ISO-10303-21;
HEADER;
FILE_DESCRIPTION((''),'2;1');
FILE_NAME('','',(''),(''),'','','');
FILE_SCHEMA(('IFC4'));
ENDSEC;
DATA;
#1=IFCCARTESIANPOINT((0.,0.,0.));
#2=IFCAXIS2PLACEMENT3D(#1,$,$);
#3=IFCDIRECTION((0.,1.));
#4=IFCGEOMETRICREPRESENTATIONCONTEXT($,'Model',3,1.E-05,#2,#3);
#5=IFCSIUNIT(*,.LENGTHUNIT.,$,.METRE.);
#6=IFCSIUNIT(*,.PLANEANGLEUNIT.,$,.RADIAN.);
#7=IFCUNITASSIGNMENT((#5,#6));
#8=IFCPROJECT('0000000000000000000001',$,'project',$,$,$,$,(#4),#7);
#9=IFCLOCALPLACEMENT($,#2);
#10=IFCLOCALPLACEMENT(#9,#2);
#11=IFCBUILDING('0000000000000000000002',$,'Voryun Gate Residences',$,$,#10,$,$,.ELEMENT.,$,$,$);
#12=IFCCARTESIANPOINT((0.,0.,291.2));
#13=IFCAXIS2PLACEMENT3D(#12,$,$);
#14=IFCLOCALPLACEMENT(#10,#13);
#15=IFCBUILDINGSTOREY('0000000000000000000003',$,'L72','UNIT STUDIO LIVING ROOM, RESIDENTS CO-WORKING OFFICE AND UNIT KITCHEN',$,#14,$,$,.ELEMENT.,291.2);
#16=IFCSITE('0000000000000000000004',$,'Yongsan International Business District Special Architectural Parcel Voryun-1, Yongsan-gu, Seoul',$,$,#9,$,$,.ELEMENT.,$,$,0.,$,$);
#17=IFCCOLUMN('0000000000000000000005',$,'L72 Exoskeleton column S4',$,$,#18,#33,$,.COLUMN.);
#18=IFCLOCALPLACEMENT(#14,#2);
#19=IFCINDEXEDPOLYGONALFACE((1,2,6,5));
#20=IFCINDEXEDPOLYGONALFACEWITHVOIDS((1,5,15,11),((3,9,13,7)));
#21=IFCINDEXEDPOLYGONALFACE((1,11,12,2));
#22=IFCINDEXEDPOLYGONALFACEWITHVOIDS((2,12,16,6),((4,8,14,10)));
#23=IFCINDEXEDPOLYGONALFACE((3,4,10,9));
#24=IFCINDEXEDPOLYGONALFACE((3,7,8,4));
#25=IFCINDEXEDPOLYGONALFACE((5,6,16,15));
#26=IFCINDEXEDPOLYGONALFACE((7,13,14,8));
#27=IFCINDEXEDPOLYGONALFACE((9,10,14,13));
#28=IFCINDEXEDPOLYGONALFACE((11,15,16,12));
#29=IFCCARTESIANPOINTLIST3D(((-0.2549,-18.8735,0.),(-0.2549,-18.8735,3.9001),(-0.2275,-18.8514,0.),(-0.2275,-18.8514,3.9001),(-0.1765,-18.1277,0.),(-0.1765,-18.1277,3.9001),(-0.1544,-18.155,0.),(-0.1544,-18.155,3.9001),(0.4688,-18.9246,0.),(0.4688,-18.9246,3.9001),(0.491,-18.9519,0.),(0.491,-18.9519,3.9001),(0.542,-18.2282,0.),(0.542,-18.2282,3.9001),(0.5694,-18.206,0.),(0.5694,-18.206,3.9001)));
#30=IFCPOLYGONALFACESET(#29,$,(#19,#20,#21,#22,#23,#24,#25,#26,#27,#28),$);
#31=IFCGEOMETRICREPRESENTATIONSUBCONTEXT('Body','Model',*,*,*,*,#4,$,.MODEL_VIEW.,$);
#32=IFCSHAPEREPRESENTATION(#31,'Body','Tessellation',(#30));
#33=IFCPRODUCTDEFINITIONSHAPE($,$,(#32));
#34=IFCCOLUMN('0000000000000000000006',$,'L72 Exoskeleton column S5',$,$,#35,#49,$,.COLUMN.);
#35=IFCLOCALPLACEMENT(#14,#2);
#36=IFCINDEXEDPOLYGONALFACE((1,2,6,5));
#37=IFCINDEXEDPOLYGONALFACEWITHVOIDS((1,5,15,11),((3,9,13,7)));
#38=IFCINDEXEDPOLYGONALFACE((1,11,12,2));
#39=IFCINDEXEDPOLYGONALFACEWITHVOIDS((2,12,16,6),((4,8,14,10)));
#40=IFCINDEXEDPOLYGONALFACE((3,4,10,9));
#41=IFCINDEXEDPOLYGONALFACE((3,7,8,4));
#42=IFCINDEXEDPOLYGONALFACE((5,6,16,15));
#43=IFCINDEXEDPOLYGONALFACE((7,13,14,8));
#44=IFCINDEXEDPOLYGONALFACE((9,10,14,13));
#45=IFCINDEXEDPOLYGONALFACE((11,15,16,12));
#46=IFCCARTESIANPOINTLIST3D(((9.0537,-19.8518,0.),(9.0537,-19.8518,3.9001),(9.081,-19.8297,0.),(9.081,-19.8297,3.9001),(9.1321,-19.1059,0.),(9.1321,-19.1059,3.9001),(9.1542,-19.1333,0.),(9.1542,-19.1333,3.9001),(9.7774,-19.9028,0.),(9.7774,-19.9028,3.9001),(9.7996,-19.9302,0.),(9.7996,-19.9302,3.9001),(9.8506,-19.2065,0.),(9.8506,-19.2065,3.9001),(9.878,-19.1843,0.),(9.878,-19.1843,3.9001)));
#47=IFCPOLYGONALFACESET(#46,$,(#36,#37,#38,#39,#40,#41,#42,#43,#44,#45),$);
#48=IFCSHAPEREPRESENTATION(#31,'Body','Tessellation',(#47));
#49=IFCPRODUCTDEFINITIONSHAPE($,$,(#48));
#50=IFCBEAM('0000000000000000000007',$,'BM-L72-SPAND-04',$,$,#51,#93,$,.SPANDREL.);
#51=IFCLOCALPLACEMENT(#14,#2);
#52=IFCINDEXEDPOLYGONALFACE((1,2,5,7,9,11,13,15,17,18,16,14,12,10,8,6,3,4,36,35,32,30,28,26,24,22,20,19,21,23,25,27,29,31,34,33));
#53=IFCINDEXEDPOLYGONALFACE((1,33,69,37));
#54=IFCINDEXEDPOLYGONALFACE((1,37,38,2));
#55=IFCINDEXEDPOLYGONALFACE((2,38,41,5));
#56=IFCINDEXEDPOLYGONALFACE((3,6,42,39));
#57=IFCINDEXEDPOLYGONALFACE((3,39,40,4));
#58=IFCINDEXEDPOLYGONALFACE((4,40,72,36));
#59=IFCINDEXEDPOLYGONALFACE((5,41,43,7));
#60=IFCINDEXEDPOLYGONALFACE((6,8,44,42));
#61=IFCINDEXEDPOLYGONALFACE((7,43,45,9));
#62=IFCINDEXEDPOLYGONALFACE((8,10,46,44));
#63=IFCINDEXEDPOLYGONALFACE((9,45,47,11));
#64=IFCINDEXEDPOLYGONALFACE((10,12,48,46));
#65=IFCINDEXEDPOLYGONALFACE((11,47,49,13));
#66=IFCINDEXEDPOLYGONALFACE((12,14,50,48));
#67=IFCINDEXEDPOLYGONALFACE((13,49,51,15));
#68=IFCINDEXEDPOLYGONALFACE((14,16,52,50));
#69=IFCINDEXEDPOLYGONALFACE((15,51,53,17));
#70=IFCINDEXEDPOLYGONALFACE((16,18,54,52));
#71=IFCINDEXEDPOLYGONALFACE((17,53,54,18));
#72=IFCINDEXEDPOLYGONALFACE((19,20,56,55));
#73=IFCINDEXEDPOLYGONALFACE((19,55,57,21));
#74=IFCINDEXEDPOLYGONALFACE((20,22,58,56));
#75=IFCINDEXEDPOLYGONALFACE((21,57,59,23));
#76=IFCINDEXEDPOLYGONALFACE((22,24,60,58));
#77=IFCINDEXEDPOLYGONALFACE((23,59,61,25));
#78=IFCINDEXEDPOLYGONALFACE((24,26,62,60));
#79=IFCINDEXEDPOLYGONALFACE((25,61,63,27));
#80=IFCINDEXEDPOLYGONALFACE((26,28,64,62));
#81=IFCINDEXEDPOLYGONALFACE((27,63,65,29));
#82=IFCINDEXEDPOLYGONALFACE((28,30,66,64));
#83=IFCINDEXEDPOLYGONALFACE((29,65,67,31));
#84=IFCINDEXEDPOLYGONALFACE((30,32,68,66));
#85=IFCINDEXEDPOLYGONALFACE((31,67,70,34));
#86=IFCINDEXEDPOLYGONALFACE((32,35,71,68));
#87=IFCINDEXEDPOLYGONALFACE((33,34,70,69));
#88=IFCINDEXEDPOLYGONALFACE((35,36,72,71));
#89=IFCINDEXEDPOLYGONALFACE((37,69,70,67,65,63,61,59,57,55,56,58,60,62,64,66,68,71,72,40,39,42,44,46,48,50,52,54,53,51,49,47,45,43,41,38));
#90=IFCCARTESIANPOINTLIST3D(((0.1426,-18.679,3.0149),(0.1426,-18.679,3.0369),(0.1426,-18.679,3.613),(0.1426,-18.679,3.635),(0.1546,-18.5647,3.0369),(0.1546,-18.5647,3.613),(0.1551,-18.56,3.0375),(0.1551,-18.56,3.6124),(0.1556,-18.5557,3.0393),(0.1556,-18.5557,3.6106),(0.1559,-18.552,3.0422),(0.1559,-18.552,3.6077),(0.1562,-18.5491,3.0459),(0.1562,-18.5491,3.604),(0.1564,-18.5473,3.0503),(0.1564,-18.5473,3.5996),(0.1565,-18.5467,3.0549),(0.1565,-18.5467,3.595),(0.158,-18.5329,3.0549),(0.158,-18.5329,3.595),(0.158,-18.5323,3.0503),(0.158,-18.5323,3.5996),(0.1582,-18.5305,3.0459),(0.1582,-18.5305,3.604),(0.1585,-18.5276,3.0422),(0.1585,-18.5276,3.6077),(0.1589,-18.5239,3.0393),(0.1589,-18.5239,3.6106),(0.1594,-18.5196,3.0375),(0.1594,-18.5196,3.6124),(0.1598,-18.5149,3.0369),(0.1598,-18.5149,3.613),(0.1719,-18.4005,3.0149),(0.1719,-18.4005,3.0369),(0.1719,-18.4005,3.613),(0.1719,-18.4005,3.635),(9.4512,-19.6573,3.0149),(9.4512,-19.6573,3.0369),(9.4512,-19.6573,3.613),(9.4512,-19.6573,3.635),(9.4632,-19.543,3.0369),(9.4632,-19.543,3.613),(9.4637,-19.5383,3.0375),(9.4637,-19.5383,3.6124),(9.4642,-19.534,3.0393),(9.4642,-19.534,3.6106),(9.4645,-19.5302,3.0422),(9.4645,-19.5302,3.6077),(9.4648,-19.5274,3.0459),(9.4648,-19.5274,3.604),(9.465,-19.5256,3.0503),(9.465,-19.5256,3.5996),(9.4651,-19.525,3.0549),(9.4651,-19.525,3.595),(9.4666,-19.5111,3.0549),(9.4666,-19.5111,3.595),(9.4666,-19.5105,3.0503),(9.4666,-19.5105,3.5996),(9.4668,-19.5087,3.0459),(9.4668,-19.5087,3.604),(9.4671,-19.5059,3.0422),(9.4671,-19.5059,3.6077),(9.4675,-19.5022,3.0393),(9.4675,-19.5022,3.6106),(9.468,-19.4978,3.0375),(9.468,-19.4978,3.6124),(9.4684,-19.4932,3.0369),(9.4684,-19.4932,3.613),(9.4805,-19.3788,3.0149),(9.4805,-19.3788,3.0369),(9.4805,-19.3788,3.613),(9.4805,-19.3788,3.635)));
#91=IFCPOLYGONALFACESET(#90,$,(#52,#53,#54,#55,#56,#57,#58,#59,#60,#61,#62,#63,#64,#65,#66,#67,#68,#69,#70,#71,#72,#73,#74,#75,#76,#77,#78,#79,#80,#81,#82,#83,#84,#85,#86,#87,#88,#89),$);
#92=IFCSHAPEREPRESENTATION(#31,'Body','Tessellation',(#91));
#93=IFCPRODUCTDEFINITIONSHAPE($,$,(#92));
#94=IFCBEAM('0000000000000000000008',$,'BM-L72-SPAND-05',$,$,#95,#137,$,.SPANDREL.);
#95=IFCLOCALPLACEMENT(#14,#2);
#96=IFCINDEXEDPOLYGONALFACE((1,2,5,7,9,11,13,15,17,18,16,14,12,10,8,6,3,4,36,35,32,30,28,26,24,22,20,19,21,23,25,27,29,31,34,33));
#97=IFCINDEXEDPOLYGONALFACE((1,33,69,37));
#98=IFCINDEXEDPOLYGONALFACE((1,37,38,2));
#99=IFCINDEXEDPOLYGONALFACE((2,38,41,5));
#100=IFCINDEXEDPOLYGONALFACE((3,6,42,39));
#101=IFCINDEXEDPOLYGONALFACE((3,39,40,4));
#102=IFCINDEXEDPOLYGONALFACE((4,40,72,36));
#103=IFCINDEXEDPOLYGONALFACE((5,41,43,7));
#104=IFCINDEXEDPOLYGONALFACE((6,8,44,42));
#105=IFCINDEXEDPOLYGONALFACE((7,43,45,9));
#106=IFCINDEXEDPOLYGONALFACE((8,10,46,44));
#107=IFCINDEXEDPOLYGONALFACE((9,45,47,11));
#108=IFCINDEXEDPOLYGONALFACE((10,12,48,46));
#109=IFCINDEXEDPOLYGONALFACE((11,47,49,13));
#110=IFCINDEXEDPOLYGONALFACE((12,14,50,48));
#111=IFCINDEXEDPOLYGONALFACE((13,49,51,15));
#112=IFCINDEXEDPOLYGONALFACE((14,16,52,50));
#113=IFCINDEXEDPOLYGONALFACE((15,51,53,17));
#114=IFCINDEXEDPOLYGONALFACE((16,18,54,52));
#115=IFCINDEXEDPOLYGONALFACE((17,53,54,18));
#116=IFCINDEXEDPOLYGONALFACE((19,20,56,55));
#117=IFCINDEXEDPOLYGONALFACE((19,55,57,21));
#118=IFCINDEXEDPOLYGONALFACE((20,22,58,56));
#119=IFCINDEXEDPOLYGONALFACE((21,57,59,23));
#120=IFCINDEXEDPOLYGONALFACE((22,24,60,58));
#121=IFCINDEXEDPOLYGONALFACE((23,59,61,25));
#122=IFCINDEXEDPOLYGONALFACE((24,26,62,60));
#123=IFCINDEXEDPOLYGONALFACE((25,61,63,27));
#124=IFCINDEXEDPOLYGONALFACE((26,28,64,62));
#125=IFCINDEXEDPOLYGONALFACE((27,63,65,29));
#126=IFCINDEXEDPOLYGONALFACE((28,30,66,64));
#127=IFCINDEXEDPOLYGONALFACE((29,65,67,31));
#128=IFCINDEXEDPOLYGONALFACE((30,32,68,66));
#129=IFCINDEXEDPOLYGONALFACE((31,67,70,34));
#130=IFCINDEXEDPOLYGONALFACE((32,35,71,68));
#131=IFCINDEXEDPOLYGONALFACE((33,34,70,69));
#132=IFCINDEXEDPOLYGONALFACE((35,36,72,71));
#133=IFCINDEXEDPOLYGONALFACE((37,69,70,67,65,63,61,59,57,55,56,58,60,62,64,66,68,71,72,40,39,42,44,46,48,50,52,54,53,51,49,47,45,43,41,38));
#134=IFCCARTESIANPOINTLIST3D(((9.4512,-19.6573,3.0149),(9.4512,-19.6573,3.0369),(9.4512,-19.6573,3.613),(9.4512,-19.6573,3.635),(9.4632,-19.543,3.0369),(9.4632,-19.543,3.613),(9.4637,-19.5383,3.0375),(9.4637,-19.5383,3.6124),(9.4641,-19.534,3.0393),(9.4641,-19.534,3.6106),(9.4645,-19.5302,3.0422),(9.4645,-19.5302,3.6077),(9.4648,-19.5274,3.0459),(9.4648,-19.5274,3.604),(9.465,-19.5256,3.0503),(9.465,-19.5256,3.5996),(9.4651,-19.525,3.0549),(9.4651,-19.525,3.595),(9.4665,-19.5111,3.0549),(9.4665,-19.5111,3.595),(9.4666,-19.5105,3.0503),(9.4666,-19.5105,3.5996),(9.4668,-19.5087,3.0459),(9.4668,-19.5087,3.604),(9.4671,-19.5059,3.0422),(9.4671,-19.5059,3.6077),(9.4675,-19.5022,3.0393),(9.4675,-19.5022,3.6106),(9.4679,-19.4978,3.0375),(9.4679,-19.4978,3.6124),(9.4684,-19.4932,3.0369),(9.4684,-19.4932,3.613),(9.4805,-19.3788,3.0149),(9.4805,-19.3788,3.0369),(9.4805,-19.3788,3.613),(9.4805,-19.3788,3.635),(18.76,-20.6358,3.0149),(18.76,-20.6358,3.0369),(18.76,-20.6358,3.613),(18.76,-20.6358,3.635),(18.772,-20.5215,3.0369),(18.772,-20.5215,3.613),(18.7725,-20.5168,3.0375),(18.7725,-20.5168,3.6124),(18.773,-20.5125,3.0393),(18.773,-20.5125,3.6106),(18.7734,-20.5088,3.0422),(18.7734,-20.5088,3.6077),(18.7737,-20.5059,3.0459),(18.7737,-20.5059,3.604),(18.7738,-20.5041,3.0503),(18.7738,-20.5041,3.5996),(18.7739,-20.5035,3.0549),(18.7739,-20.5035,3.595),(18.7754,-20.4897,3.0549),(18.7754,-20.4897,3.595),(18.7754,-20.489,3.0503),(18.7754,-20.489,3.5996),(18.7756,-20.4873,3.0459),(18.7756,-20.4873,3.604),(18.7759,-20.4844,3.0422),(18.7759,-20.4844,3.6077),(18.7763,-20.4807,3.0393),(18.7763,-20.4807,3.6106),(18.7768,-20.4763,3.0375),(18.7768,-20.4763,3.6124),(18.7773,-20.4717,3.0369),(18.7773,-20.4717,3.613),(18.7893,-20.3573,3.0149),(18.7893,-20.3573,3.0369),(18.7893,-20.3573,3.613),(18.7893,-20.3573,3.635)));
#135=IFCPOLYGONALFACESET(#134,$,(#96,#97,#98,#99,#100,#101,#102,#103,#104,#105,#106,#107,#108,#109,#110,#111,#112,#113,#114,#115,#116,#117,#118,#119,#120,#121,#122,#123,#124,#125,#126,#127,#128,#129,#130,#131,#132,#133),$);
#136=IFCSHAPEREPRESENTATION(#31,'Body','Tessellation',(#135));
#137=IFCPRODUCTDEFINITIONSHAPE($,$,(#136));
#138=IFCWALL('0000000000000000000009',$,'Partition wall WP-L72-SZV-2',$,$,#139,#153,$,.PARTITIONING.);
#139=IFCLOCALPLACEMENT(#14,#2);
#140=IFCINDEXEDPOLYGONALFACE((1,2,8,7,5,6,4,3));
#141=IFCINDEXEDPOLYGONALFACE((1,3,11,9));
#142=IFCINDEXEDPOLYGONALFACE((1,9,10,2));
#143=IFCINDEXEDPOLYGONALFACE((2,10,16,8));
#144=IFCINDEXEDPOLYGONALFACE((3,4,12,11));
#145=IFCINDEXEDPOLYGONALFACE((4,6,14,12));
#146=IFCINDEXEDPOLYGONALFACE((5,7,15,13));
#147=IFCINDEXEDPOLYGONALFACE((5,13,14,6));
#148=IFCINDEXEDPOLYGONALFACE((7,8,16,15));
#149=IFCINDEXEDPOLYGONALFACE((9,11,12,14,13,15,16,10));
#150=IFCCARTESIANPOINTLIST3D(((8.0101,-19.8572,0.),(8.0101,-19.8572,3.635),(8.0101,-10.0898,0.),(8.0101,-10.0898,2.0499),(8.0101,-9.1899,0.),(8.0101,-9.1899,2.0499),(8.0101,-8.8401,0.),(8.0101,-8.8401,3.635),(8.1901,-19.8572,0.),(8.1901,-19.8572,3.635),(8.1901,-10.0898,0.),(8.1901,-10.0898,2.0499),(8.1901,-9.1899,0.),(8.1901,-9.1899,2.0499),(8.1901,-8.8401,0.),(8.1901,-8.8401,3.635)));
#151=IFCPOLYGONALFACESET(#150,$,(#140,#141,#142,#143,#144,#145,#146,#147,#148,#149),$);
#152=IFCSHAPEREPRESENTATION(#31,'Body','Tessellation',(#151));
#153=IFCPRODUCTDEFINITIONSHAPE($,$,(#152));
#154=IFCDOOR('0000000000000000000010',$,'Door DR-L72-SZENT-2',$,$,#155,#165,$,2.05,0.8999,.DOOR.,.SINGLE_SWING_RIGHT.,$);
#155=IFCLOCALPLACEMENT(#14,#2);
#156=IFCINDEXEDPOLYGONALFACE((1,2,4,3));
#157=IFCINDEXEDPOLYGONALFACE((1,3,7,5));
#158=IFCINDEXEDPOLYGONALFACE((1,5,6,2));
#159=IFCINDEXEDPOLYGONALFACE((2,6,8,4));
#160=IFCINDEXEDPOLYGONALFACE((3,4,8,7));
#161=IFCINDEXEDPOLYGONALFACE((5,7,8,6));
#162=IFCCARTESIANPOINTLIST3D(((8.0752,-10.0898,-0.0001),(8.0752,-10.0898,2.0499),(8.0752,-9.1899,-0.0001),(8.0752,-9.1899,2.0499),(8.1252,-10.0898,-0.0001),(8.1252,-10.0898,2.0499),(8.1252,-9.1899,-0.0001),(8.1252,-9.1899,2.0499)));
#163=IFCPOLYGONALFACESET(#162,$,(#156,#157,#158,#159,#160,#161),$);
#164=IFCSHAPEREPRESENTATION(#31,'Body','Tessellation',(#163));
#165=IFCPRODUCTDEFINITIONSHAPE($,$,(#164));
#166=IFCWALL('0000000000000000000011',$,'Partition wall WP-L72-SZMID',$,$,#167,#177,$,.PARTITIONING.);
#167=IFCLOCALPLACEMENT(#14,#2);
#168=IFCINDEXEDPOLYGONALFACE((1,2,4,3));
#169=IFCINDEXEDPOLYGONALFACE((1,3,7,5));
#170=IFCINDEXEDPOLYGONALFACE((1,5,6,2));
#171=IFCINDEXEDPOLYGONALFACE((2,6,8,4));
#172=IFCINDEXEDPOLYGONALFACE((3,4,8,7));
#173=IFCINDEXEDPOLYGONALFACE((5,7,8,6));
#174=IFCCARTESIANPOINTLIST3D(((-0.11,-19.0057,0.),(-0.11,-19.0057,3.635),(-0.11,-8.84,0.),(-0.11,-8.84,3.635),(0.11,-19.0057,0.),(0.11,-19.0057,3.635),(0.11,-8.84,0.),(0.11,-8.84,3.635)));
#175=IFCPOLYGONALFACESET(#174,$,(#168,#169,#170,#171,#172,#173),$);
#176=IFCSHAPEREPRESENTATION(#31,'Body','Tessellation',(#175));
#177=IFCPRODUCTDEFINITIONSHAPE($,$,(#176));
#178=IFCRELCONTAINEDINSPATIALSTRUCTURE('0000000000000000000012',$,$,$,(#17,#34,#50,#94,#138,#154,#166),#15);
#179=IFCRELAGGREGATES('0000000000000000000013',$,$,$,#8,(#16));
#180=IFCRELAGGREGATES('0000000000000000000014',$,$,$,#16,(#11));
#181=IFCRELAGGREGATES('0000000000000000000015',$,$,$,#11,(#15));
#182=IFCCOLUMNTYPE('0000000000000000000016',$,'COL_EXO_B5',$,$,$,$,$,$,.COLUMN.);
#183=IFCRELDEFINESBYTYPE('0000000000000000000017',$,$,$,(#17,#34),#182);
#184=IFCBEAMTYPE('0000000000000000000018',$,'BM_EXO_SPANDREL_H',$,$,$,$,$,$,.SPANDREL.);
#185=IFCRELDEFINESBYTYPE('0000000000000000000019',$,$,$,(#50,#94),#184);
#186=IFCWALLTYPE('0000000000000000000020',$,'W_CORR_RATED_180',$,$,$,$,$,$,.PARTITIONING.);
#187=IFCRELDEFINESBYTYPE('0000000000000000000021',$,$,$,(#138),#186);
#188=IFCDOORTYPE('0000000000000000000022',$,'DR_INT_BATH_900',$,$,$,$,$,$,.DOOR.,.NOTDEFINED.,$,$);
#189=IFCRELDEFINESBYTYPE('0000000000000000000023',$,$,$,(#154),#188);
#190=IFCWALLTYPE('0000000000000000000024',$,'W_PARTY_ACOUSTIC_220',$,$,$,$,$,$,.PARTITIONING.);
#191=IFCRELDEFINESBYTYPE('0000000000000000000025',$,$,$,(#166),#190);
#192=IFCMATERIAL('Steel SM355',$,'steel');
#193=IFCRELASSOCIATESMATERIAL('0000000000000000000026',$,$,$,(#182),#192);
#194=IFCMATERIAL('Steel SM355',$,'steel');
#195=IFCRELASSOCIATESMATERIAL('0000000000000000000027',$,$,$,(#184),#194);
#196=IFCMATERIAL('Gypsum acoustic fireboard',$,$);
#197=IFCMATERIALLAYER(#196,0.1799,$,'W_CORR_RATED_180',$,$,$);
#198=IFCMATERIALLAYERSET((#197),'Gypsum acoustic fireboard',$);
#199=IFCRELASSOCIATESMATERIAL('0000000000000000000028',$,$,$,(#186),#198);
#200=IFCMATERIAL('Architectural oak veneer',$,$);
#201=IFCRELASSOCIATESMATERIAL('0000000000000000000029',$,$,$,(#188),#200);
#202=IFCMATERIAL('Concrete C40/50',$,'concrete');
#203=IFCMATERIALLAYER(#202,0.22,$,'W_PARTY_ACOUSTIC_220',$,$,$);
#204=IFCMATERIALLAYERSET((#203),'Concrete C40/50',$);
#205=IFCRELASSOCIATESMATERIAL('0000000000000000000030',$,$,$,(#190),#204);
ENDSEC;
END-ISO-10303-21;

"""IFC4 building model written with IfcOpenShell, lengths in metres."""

from ifc_helpers import new_model, si_unit, direction, frame, frame_2d, origin, origin_2d, place, context, subcontext, project, spatial, rectangle, hollow_rectangle, i_section, extrude, material, layer, layer_set, material_profile, profile_set, type_object, element, fill, save


model = new_model("IFC4")

# Units and contexts
model_context = context("Model", 3, precision=1e-05, world=origin(), true_north=direction((0.0, 1.0)))
body_context = subcontext(model_context, "Body", "Model", "MODEL_VIEW")
ifc_project = project(units=[si_unit("LENGTHUNIT", "METRE"), si_unit("PLANEANGLEUNIT", "RADIAN")], contexts=[model_context])

# Site, building, storey
site_placement = place(None, origin())
site = spatial("IfcSite", under=ifc_project, at=site_placement, Name="Yongsan International Business District Special Architectural Parcel Voryun-1, Yongsan-gu, Seoul", CompositionType="ELEMENT", RefElevation=0.0)
building_placement = place(site_placement, origin())
building = spatial("IfcBuilding", under=site, at=building_placement, Name="Voryun Gate Residences", CompositionType="ELEMENT")
storey_placement = place(building_placement, frame((0.0, 0.0, 291.2)))
storey = spatial("IfcBuildingStorey", under=building, at=storey_placement, Name="L72", Description="UNIT STUDIO LIVING ROOM, RESIDENTS CO-WORKING OFFICE AND UNIT KITCHEN", CompositionType="ELEMENT", Elevation=291.2)

# Columns
ifc_material_1 = material(Name="Steel SM355", Category="steel")
ifc_material_profile_1 = material_profile(ifc_material_1, hollow_rectangle(XDim=0.75, YDim=0.75, WallThickness=0.0249, at=origin_2d()), Name="BOX-750x750x25")
ifc_profile_set_1 = profile_set([ifc_material_profile_1], Name="Steel SM355")
column_type = type_object("IfcColumnType", Name="COL_EXO_B5", PredefinedType="COLUMN", material=ifc_profile_set_1)
for number, where, z_axis, x_axis, name in (
    (1, (0.1572, -18.5398, 0.0), (0.0, 0.0, 1.0), (0.994522, -0.104528, 0.0), "L72 Exoskeleton column S4"),
    (2, (9.4658, -19.5181, 0.0), (0.0, 0.0, 1.0), (0.994522, -0.104528, 0.0), "L72 Exoskeleton column S5"),
):
    element("IfcColumn", number, at=place(storey_placement, frame(where, z_axis=z_axis, x_axis=x_axis)), inside=storey, type_object=column_type, Name=name, PredefinedType="COLUMN", context=body_context, shape_type="SweptSolid", body=[
        extrude(hollow_rectangle(XDim=0.75, YDim=0.75, WallThickness=0.0249, at=origin_2d()), origin(), (0.0, 0.0, 1.0), 3.9001),
    ])

# Beams
ifc_material_2 = material(Name="Steel SM355", Category="steel")
ifc_material_profile_2 = material_profile(ifc_material_2, i_section(OverallWidth=0.28, OverallDepth=0.6201, WebThickness=0.0139, FlangeThickness=0.022, FilletRadius=0.0181, at=origin_2d()), Name="H-620x280x14x22")
ifc_profile_set_2 = profile_set([ifc_material_profile_2], Name="Steel SM355")
beam_type = type_object("IfcBeamType", Name="BM_EXO_SPANDREL_H", PredefinedType="SPANDREL", material=ifc_profile_set_2)
beam_1_placement = place(storey_placement, frame((0.1572, -18.5398, 3.325), z_axis=(0.994523, -0.104518, 0.0), x_axis=(0.104518, 0.994523, 0.0)))
element("IfcBeam", 3, at=beam_1_placement, inside=storey, type_object=beam_type, Name="BM-L72-SPAND-04", PredefinedType="SPANDREL", context=body_context, shape_type="SweptSolid", body=[
    extrude(i_section(OverallWidth=0.28, OverallDepth=0.6201, WebThickness=0.0139, FlangeThickness=0.022, FilletRadius=0.0181, at=origin_2d()), origin(), (0.0, 0.0, 1.0), 9.3599),
])
beam_2_placement = place(storey_placement, frame((9.4658, -19.5181, 3.325), z_axis=(0.994521, -0.104541, 0.0), x_axis=(0.104541, 0.994521, 0.0)))
element("IfcBeam", 4, at=beam_2_placement, inside=storey, type_object=beam_type, Name="BM-L72-SPAND-05", PredefinedType="SPANDREL", context=body_context, shape_type="SweptSolid", body=[
    extrude(i_section(OverallWidth=0.28, OverallDepth=0.6201, WebThickness=0.0139, FlangeThickness=0.022, FilletRadius=0.0181, at=origin_2d()), origin(), (0.0, 0.0, 1.0), 9.3601),
])

# Wall, opening, door
ifc_material_3 = material(Name="Gypsum acoustic fireboard")
ifc_layer_1 = layer(ifc_material_3, 0.1799, Name="W_CORR_RATED_180")
ifc_layer_set_1 = layer_set([ifc_layer_1], Name="Gypsum acoustic fireboard")
wall_type_1 = type_object("IfcWallType", Name="W_CORR_RATED_180", PredefinedType="PARTITIONING", material=ifc_layer_set_1)
wall_1_placement = place(storey_placement, frame((8.1001, -19.8572, 0.0), z_axis=(0.0, 0.0, 1.0), x_axis=(0.0, 1.0, 0.0)))
wall_1 = element("IfcWall", 5, at=wall_1_placement, inside=storey, type_object=wall_type_1, Name="Partition wall WP-L72-SZV-2", PredefinedType="PARTITIONING", context=body_context, shape_type="SweptSolid", body=[
    extrude(rectangle(XDim=11.0171, YDim=0.1799, at=frame_2d((5.5085, 0.0))), origin(), (0.0, 0.0, 1.0), 3.635),
])
opening_1_placement = place(wall_1_placement, frame((9.7673, 0.0, 0.0)))
opening_1 = element("IfcOpeningElement", 6, at=opening_1_placement, cuts=wall_1, PredefinedType="OPENING", context=body_context, shape_type="SweptSolid", body=[
    extrude(rectangle(XDim=0.8999, YDim=2.05, at=frame_2d((0.45, 1.0249))), frame((0.0, 0.0999, 0.0), z_axis=(0.0, -1.0, 0.0), x_axis=(1.0, 0.0, 0.0)), (0.0, 0.0, 1.0), 0.2),
])
ifc_material_4 = material(Name="Architectural oak veneer")
door_type_1 = type_object("IfcDoorType", Name="DR_INT_BATH_900", OperationType="NOTDEFINED", PredefinedType="DOOR", material=ifc_material_4)
door_1_placement = place(opening_1_placement, origin())
door_1 = element("IfcDoor", 7, at=door_1_placement, inside=storey, type_object=door_type_1, Name="Door DR-L72-SZENT-2", OperationType="SINGLE_SWING_RIGHT", OverallHeight=2.05, OverallWidth=0.8999, PredefinedType="DOOR", context=body_context, shape_type="SweptSolid", body=[
    extrude(rectangle(XDim=0.8999, YDim=2.05, at=frame_2d((0.45, 1.0249))), frame((0.0, 0.0249, 0.0), z_axis=(0.0, -1.0, 0.0), x_axis=(1.0, 0.0, 0.0)), (0.0, 0.0, 1.0), 0.05),
])
fill(opening_1, door_1)

# Wall
ifc_material_5 = material(Name="Concrete C40/50", Category="concrete")
ifc_layer_2 = layer(ifc_material_5, 0.22, Name="W_PARTY_ACOUSTIC_220")
ifc_layer_set_2 = layer_set([ifc_layer_2], Name="Concrete C40/50")
wall_type_2 = type_object("IfcWallType", Name="W_PARTY_ACOUSTIC_220", PredefinedType="PARTITIONING", material=ifc_layer_set_2)
wall_2_placement = place(storey_placement, frame((0.0, -19.0059, 0.0), z_axis=(0.0, 0.0, 1.0), x_axis=(0.0, 1.0, 0.0)))
element("IfcWall", 8, at=wall_2_placement, inside=storey, type_object=wall_type_2, Name="Partition wall WP-L72-SZMID", PredefinedType="PARTITIONING", context=body_context, shape_type="SweptSolid", body=[
    extrude(rectangle(XDim=10.1658, YDim=0.22, at=frame_2d((5.083, 0.0))), origin(), (0.0, 0.0, 1.0), 3.635),
])

save(model, "model.ifc")
